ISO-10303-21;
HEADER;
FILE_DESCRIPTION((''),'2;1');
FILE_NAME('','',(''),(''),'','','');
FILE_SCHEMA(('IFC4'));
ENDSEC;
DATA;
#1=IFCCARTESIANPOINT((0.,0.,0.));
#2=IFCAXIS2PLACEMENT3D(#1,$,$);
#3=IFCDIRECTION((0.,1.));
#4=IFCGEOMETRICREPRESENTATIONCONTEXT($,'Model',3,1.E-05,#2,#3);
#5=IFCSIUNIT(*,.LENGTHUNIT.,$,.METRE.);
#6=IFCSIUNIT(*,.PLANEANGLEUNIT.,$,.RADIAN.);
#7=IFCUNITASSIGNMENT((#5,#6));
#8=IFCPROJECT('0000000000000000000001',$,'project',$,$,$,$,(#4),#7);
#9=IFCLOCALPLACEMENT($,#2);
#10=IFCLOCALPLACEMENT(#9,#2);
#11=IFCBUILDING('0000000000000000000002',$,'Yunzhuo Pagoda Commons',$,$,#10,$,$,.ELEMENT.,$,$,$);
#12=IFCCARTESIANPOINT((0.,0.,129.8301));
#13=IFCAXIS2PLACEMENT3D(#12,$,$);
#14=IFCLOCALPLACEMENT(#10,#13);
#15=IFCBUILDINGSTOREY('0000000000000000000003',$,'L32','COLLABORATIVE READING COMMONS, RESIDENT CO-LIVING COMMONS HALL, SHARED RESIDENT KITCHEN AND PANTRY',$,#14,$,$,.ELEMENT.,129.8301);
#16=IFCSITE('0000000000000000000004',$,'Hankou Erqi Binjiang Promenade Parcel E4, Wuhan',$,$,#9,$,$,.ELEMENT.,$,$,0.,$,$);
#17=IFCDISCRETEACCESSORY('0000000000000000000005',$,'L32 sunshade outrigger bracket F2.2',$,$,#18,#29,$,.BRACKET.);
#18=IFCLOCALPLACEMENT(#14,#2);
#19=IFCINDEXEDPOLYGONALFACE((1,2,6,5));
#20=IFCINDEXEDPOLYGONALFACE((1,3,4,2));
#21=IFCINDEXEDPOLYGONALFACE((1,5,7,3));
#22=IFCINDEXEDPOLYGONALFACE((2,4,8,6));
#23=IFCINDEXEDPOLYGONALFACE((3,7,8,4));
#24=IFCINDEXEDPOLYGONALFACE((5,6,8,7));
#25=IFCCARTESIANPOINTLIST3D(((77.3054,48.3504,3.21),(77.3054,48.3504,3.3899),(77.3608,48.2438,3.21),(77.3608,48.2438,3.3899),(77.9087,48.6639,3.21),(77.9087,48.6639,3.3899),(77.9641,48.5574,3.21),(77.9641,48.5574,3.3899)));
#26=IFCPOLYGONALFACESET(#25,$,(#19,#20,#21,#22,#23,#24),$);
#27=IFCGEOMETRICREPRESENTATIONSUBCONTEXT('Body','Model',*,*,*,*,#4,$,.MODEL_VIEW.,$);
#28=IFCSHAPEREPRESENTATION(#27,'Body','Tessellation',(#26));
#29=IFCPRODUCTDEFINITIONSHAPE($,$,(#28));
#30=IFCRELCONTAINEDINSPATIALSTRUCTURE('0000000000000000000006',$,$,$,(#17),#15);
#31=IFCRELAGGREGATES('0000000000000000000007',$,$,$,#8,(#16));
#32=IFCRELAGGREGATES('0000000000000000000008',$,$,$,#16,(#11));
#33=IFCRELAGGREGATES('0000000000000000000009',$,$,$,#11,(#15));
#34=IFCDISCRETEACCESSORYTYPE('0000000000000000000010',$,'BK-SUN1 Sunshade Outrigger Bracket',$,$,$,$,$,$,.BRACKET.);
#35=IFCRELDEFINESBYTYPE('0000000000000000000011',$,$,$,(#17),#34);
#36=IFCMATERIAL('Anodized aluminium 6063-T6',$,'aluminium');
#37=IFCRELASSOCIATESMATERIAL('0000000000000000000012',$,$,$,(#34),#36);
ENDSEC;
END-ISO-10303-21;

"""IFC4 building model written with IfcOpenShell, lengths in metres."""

from ifc_helpers import new_model, si_unit, direction, frame, origin, origin_2d, place, context, subcontext, project, spatial, rectangle, extrude, source, transform, mapped, material, type_object, element, save


model = new_model("IFC4")

# Units and contexts
model_context = context("Model", 3, precision=1e-05, world=origin(), true_north=direction((0.0, 1.0)))
body_context = subcontext(model_context, "Body", "Model", "MODEL_VIEW")
ifc_project = project(units=[si_unit("LENGTHUNIT", "METRE"), si_unit("PLANEANGLEUNIT", "RADIAN")], contexts=[model_context])

# Site, building, storey
site_placement = place(None, origin())
site = spatial("IfcSite", under=ifc_project, at=site_placement, Name="Hankou Erqi Binjiang Promenade Parcel E4, Wuhan", CompositionType="ELEMENT", RefElevation=0.0)
building_placement = place(site_placement, origin())
building = spatial("IfcBuilding", under=site, at=building_placement, Name="Yunzhuo Pagoda Commons", CompositionType="ELEMENT")
storey_placement = place(building_placement, frame((0.0, 0.0, 129.8301)))
storey = spatial("IfcBuildingStorey", under=building, at=storey_placement, Name="L32", Description="COLLABORATIVE READING COMMONS, RESIDENT CO-LIVING COMMONS HALL, SHARED RESIDENT KITCHEN AND PANTRY", CompositionType="ELEMENT", Elevation=129.8301)

# Shared definitions
ifc_material_1 = material(Name="Anodized aluminium 6063-T6", Category="aluminium")

# Discrete accessory
discrete_accessory_type = type_object("IfcDiscreteAccessoryType", Name="BK-SUN1 Sunshade Outrigger Bracket", PredefinedType="BRACKET", material=ifc_material_1)
shared_shape_1 = source(origin(), body_context, "Body", "SweptSolid", [
    extrude(rectangle(XDim=0.1201, YDim=0.6799, at=origin_2d()), origin(), (0.0, 0.0, 1.0), 0.1799),
])
discrete_accessory_placement = place(storey_placement, frame((77.6348, 48.4539, 3.21), z_axis=(0.0, 0.0, 1.0), x_axis=(-0.461207, 0.887293, 0.0)))
element("IfcDiscreteAccessory", 1, at=discrete_accessory_placement, inside=storey, type_object=discrete_accessory_type, Name="L32 sunshade outrigger bracket F2.2", PredefinedType="BRACKET", context=body_context, shape_type="MappedRepresentation", body=[
    mapped(shared_shape_1, transform((0.0, 0.0, 0.0), scale=1.0)),
])

save(model, "model.ifc")
